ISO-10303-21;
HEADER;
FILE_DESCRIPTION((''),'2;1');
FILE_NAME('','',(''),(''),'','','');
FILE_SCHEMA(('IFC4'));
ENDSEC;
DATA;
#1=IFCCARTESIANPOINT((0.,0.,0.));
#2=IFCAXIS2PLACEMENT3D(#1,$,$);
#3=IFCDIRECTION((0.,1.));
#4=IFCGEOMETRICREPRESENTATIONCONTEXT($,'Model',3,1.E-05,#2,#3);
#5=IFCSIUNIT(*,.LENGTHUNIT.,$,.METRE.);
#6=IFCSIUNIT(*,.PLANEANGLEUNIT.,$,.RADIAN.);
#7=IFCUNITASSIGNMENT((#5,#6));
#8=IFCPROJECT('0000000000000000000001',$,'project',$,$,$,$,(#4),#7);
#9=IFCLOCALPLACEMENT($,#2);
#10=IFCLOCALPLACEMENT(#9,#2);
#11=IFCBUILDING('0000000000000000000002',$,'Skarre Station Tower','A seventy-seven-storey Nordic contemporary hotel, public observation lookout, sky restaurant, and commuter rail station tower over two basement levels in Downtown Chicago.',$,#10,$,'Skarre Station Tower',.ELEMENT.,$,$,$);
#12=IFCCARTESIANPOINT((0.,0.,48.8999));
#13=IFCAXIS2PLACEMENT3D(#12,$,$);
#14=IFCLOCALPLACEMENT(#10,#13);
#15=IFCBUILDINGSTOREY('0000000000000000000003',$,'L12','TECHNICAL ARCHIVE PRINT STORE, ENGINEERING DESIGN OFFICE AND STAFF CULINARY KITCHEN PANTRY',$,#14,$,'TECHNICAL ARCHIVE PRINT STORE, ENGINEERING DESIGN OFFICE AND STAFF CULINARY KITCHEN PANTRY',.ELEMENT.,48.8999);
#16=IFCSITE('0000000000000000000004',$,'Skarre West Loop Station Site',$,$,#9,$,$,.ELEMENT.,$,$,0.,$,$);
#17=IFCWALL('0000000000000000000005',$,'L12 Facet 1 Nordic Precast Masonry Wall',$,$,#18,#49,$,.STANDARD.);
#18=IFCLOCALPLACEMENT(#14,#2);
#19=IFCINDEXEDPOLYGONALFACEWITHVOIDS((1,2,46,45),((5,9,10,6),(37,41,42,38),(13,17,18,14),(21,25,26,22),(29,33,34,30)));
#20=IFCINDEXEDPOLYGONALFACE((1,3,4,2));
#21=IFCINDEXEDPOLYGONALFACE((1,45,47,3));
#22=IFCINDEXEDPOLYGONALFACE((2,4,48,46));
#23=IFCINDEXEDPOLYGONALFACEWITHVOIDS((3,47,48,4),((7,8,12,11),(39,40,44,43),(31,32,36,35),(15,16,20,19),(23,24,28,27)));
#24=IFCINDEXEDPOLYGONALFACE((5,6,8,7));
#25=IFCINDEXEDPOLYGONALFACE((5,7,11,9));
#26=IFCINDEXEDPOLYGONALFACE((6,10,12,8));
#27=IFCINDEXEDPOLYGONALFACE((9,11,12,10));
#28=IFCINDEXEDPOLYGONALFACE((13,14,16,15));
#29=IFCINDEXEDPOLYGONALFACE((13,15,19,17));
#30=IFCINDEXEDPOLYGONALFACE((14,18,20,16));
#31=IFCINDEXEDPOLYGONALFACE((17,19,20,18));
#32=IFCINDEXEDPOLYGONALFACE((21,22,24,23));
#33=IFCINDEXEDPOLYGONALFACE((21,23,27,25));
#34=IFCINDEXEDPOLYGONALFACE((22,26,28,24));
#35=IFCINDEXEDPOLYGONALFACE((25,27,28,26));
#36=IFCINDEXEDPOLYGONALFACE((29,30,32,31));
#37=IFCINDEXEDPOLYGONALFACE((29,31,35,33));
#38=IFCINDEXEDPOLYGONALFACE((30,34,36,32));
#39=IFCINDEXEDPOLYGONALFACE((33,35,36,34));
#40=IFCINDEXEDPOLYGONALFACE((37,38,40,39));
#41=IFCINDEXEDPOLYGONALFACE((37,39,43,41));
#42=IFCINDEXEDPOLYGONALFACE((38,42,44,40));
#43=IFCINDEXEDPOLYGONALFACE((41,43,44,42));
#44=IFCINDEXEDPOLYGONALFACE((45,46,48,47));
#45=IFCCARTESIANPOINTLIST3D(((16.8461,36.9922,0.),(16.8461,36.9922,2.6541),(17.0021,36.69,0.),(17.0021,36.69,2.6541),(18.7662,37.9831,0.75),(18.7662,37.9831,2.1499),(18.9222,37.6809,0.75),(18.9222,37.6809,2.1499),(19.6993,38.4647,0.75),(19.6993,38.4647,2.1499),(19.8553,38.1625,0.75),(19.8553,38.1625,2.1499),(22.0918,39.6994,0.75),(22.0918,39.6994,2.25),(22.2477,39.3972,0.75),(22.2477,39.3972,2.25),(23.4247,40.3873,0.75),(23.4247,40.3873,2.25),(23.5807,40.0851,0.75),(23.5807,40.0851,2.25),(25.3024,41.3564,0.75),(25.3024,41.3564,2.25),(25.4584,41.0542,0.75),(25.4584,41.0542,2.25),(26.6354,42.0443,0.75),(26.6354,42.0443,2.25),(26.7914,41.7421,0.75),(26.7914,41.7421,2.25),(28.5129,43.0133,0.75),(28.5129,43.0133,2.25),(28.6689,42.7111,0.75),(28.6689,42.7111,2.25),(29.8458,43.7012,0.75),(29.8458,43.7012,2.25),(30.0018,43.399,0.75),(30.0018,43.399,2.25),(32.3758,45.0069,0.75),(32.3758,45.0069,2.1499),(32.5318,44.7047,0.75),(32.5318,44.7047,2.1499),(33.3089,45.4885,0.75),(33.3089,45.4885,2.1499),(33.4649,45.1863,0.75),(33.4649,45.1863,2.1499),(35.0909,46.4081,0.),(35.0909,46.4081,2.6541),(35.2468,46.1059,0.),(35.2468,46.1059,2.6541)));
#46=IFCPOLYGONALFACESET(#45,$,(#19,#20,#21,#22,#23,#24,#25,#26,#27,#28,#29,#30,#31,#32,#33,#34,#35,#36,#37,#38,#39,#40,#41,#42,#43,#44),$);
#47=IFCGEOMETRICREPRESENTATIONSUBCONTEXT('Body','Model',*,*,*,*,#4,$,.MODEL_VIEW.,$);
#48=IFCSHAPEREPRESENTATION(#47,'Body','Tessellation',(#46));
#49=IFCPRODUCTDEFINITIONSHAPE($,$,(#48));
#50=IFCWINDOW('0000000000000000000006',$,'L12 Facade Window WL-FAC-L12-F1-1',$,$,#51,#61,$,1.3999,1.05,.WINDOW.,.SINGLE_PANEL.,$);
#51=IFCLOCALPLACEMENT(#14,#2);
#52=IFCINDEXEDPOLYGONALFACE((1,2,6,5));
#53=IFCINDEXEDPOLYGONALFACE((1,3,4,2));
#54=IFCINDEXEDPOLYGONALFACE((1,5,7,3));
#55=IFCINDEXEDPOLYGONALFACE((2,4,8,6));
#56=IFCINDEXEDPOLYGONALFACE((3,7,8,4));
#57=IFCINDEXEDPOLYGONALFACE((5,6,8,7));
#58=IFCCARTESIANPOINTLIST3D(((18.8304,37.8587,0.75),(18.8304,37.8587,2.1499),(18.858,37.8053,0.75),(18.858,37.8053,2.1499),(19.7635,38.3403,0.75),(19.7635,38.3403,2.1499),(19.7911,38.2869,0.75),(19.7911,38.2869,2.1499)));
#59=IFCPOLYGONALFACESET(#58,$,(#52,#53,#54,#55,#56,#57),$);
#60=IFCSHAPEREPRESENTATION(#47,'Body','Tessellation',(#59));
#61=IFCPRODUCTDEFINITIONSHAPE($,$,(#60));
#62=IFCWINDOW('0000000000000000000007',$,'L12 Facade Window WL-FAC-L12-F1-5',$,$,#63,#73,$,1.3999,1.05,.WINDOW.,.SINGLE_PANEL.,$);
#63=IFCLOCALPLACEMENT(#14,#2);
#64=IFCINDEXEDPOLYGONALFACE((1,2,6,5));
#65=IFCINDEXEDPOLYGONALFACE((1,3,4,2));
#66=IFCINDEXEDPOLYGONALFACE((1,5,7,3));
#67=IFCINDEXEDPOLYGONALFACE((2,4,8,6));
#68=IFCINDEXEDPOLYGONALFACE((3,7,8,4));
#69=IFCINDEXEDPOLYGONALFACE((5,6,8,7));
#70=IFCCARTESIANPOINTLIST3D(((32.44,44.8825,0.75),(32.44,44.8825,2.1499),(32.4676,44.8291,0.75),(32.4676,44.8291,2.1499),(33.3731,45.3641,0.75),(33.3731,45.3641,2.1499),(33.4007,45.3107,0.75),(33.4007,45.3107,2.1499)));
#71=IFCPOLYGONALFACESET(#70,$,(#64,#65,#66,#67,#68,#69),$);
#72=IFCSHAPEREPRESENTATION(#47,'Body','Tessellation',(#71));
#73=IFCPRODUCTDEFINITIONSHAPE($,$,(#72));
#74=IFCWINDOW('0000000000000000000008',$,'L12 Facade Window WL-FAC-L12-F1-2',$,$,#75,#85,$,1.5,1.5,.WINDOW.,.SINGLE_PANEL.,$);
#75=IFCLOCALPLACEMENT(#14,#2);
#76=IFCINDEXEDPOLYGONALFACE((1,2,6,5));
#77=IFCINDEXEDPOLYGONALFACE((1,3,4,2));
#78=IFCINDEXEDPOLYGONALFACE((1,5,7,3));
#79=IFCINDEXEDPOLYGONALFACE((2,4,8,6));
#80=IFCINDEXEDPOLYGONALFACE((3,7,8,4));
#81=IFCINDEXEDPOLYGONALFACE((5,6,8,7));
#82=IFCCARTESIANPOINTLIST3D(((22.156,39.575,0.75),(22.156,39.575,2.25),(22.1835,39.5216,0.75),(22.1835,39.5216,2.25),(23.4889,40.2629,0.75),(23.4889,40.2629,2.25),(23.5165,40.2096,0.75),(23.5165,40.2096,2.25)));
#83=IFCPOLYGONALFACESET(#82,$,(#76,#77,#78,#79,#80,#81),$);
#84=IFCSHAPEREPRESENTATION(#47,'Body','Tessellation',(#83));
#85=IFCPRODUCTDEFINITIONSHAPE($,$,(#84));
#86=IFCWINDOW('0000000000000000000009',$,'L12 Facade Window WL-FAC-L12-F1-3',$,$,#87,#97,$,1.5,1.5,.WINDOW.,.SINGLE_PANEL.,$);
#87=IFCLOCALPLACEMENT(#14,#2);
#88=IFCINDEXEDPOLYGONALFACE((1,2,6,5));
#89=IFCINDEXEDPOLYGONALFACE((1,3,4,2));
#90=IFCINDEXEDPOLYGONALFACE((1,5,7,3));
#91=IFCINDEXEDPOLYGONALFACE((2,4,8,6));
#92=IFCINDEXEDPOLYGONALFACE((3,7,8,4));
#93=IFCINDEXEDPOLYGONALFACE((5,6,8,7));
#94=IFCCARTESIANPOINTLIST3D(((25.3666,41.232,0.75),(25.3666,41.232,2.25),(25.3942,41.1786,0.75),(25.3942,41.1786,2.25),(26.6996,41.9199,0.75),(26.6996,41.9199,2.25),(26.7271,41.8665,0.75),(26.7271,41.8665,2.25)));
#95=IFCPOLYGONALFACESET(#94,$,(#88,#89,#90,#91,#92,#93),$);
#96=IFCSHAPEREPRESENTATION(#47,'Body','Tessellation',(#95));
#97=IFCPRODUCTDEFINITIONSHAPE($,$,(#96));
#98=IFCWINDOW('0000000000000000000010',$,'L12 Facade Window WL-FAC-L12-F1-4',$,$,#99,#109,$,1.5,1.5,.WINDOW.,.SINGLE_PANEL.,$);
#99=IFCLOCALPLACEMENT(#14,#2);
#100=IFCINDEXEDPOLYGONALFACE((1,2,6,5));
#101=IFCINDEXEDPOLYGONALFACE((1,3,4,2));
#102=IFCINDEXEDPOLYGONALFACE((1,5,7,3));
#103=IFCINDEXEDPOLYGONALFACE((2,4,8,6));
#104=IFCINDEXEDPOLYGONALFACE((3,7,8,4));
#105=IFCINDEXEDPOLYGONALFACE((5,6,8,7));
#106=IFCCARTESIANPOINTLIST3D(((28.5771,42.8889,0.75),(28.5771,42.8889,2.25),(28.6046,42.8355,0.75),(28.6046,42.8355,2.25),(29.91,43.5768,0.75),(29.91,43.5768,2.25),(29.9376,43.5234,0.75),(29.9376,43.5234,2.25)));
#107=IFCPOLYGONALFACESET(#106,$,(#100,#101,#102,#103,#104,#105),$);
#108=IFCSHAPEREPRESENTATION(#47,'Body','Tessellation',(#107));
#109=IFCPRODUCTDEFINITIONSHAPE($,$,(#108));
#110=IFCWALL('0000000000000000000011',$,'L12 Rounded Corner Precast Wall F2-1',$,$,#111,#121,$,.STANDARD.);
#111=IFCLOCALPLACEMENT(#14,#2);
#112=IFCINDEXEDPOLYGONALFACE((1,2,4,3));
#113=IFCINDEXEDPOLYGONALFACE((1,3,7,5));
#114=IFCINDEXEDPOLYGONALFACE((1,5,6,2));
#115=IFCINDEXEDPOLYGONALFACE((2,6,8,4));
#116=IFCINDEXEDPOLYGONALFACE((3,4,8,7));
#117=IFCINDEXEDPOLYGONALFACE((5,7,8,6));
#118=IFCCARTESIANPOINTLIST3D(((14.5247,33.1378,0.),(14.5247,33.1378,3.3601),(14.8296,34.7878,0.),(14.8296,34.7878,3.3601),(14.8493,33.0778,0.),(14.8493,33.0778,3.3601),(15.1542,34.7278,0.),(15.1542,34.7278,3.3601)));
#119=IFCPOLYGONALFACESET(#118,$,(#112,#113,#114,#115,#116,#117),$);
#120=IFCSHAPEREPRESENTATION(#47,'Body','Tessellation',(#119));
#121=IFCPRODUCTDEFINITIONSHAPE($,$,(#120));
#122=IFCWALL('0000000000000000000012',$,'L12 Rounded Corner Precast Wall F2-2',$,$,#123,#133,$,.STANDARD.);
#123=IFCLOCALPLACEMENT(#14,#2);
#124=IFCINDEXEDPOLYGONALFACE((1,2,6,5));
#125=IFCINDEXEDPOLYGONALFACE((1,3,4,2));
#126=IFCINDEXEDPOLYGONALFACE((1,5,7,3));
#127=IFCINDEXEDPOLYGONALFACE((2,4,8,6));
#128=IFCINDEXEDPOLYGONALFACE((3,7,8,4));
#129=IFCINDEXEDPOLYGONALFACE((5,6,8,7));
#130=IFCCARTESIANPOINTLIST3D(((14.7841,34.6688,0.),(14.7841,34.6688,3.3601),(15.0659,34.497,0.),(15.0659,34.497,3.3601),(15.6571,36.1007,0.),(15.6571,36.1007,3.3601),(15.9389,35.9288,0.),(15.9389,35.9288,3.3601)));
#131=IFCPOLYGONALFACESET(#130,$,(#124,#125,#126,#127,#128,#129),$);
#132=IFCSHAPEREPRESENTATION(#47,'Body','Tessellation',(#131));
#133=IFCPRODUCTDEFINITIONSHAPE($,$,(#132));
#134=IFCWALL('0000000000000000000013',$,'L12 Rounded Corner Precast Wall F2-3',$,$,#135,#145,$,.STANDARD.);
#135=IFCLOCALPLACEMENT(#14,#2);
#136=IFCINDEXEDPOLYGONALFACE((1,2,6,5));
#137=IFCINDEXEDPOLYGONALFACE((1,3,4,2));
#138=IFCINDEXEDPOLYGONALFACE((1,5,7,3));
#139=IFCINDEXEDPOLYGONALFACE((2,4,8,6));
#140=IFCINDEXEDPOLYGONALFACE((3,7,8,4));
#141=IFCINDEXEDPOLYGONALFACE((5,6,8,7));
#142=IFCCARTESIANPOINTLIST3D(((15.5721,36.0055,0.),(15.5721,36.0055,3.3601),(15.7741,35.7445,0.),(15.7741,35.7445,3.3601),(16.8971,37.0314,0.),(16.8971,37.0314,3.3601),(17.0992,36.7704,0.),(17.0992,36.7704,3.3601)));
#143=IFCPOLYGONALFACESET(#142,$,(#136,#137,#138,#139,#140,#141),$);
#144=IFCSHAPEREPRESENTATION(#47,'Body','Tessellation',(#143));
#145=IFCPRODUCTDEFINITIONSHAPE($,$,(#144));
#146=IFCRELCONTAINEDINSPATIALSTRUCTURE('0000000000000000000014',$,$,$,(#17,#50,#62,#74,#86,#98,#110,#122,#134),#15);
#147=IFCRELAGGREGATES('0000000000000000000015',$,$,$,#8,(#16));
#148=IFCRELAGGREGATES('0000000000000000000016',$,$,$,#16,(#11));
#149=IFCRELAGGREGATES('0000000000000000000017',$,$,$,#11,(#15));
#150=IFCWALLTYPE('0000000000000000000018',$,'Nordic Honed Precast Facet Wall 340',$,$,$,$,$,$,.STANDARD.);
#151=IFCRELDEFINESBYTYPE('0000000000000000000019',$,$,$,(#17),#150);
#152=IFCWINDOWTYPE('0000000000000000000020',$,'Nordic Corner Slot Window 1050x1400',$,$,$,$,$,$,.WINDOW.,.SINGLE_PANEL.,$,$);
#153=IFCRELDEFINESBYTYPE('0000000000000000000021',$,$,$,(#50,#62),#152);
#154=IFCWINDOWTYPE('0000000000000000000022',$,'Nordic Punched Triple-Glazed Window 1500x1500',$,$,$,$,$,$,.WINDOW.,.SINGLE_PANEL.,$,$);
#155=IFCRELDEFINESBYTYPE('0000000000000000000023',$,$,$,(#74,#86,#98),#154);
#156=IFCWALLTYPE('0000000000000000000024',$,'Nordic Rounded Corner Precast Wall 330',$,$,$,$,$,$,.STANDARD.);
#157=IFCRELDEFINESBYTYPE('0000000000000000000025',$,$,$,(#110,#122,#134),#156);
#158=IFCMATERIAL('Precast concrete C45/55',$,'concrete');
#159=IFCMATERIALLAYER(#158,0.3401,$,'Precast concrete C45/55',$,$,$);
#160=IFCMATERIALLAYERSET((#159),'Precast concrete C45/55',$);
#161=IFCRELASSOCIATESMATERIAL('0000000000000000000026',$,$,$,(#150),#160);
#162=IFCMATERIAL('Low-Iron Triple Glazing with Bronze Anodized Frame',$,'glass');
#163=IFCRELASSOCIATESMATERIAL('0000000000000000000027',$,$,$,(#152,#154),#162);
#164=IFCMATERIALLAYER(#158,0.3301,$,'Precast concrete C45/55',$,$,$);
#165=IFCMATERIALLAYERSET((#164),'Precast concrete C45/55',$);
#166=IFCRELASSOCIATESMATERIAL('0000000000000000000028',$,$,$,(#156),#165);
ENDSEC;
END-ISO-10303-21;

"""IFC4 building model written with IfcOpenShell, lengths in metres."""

from ifc_helpers import new_model, si_unit, direction, frame, frame_2d, origin, place, context, subcontext, project, spatial, rectangle, extrude, material, layer, layer_set, type_object, element, fill, save


model = new_model("IFC4")

# Units and contexts
model_context = context("Model", 3, precision=1e-05, world=origin(), true_north=direction((0.0, 1.0)))
body_context = subcontext(model_context, "Body", "Model", "MODEL_VIEW")
ifc_project = project(units=[si_unit("LENGTHUNIT", "METRE"), si_unit("PLANEANGLEUNIT", "RADIAN")], contexts=[model_context])

# Site, building, storey
site_placement = place(None, origin())
site = spatial("IfcSite", under=ifc_project, at=site_placement, Name="Skarre West Loop Station Site", CompositionType="ELEMENT", RefElevation=0.0)
building_placement = place(site_placement, origin())
building = spatial("IfcBuilding", under=site, at=building_placement, Name="Skarre Station Tower", Description="A seventy-seven-storey Nordic contemporary hotel, public observation lookout, sky restaurant, and commuter rail station tower over two basement levels in Downtown Chicago.", LongName="Skarre Station Tower", CompositionType="ELEMENT")
storey_placement = place(building_placement, frame((0.0, 0.0, 48.8999)))
storey = spatial("IfcBuildingStorey", under=building, at=storey_placement, Name="L12", Description="TECHNICAL ARCHIVE PRINT STORE, ENGINEERING DESIGN OFFICE AND STAFF CULINARY KITCHEN PANTRY", LongName="TECHNICAL ARCHIVE PRINT STORE, ENGINEERING DESIGN OFFICE AND STAFF CULINARY KITCHEN PANTRY", CompositionType="ELEMENT", Elevation=48.8999)

# Wall, openings, windows
ifc_material_1 = material(Name="Precast concrete C45/55", Category="concrete")
ifc_layer_1 = layer(ifc_material_1, 0.3401, Name="Precast concrete C45/55")
ifc_layer_set_1 = layer_set([ifc_layer_1], Name="Precast concrete C45/55")
wall_type_1 = type_object("IfcWallType", Name="Nordic Honed Precast Facet Wall 340", PredefinedType="STANDARD", material=ifc_layer_set_1)
wall_1_placement = place(storey_placement, frame((16.9241, 36.8411, 0.0), z_axis=(0.0, 0.0, 1.0), x_axis=(0.888634, 0.458616, 0.0)))
wall_1 = element("IfcWall", 1, at=wall_1_placement, inside=storey, type_object=wall_type_1, Name="L12 Facet 1 Nordic Precast Masonry Wall", PredefinedType="STANDARD", context=body_context, shape_type="SweptSolid", body=[
    extrude(rectangle(XDim=20.5312, YDim=0.3401, at=frame_2d((10.2656, 0.0))), origin(), (0.0, 0.0, 1.0), 2.6541),
])
opening_1_placement = place(wall_1_placement, frame((2.1609, 0.0, 0.75)))
opening_1 = element("IfcOpeningElement", 2, at=opening_1_placement, cuts=wall_1, PredefinedType="OPENING", context=body_context, shape_type="SweptSolid", body=[
    extrude(rectangle(XDim=1.05, YDim=1.3999, at=frame_2d((0.5249, 0.7))), frame((0.0, 0.1799, 0.0), z_axis=(0.0, -1.0, 0.0), x_axis=(1.0, 0.0, 0.0)), (0.0, 0.0, 1.0), 0.3601),
])
opening_2_placement = place(wall_1_placement, frame((5.9031, 0.0, 0.75)))
opening_2 = element("IfcOpeningElement", 3, at=opening_2_placement, cuts=wall_1, PredefinedType="OPENING", context=body_context, shape_type="SweptSolid", body=[
    extrude(rectangle(XDim=1.5, YDim=1.5, at=frame_2d((0.75, 0.75))), frame((0.0, 0.1799, 0.0), z_axis=(0.0, -1.0, 0.0), x_axis=(1.0, 0.0, 0.0)), (0.0, 0.0, 1.0), 0.3601),
])
opening_3_placement = place(wall_1_placement, frame((9.5161, 0.0, 0.75)))
opening_3 = element("IfcOpeningElement", 4, at=opening_3_placement, cuts=wall_1, PredefinedType="OPENING", context=body_context, shape_type="SweptSolid", body=[
    extrude(rectangle(XDim=1.5, YDim=1.5, at=frame_2d((0.75, 0.75))), frame((0.0, 0.1799, 0.0), z_axis=(0.0, -1.0, 0.0), x_axis=(1.0, 0.0, 0.0)), (0.0, 0.0, 1.0), 0.3601),
])
opening_4_placement = place(wall_1_placement, frame((13.1289, 0.0, 0.75)))
opening_4 = element("IfcOpeningElement", 5, at=opening_4_placement, cuts=wall_1, PredefinedType="OPENING", context=body_context, shape_type="SweptSolid", body=[
    extrude(rectangle(XDim=1.5, YDim=1.5, at=frame_2d((0.75, 0.75))), frame((0.0, 0.1799, 0.0), z_axis=(0.0, -1.0, 0.0), x_axis=(1.0, 0.0, 0.0)), (0.0, 0.0, 1.0), 0.3601),
])
opening_5_placement = place(wall_1_placement, frame((17.4761, 0.0, 0.75)))
opening_5 = element("IfcOpeningElement", 6, at=opening_5_placement, cuts=wall_1, PredefinedType="OPENING", context=body_context, shape_type="SweptSolid", body=[
    extrude(rectangle(XDim=1.05, YDim=1.3999, at=frame_2d((0.5249, 0.7))), frame((0.0, 0.1799, 0.0), z_axis=(0.0, -1.0, 0.0), x_axis=(1.0, 0.0, 0.0)), (0.0, 0.0, 1.0), 0.3601),
])
ifc_material_2 = material(Name="Low-Iron Triple Glazing with Bronze Anodized Frame", Category="glass")
window_type_1 = type_object("IfcWindowType", Name="Nordic Corner Slot Window 1050x1400", PartitioningType="SINGLE_PANEL", PredefinedType="WINDOW", material=ifc_material_2)
window_1_placement = place(opening_1_placement, origin())
window_1 = element("IfcWindow", 7, at=window_1_placement, inside=storey, type_object=window_type_1, Name="L12 Facade Window WL-FAC-L12-F1-1", OverallHeight=1.3999, OverallWidth=1.05, PartitioningType="SINGLE_PANEL", PredefinedType="WINDOW", context=body_context, shape_type="SweptSolid", body=[
    extrude(rectangle(XDim=1.05, YDim=1.3999, at=frame_2d((0.5249, 0.7))), frame((0.0, 0.03, 0.0), z_axis=(0.0, -1.0, 0.0), x_axis=(1.0, 0.0, 0.0)), (0.0, 0.0, 1.0), 0.0601),
])
fill(opening_1, window_1)
window_2_placement = place(opening_5_placement, origin())
window_2 = element("IfcWindow", 8, at=window_2_placement, inside=storey, type_object=window_type_1, Name="L12 Facade Window WL-FAC-L12-F1-5", OverallHeight=1.3999, OverallWidth=1.05, PartitioningType="SINGLE_PANEL", PredefinedType="WINDOW", context=body_context, shape_type="SweptSolid", body=[
    extrude(rectangle(XDim=1.05, YDim=1.3999, at=frame_2d((0.5249, 0.7))), frame((0.0, 0.03, 0.0), z_axis=(0.0, -1.0, 0.0), x_axis=(1.0, 0.0, 0.0)), (0.0, 0.0, 1.0), 0.0601),
])
fill(opening_5, window_2)
window_type_2 = type_object("IfcWindowType", Name="Nordic Punched Triple-Glazed Window 1500x1500", PartitioningType="SINGLE_PANEL", PredefinedType="WINDOW", material=ifc_material_2)
window_3_placement = place(opening_2_placement, origin())
window_3 = element("IfcWindow", 9, at=window_3_placement, inside=storey, type_object=window_type_2, Name="L12 Facade Window WL-FAC-L12-F1-2", OverallHeight=1.5, OverallWidth=1.5, PartitioningType="SINGLE_PANEL", PredefinedType="WINDOW", context=body_context, shape_type="SweptSolid", body=[
    extrude(rectangle(XDim=1.5, YDim=1.5, at=frame_2d((0.75, 0.75))), frame((0.0, 0.03, 0.0), z_axis=(0.0, -1.0, 0.0), x_axis=(1.0, 0.0, 0.0)), (0.0, 0.0, 1.0), 0.0601),
])
fill(opening_2, window_3)
window_4_placement = place(opening_3_placement, origin())
window_4 = element("IfcWindow", 10, at=window_4_placement, inside=storey, type_object=window_type_2, Name="L12 Facade Window WL-FAC-L12-F1-3", OverallHeight=1.5, OverallWidth=1.5, PartitioningType="SINGLE_PANEL", PredefinedType="WINDOW", context=body_context, shape_type="SweptSolid", body=[
    extrude(rectangle(XDim=1.5, YDim=1.5, at=frame_2d((0.75, 0.75))), frame((0.0, 0.03, 0.0), z_axis=(0.0, -1.0, 0.0), x_axis=(1.0, 0.0, 0.0)), (0.0, 0.0, 1.0), 0.0601),
])
fill(opening_3, window_4)
window_5_placement = place(opening_4_placement, origin())
window_5 = element("IfcWindow", 11, at=window_5_placement, inside=storey, type_object=window_type_2, Name="L12 Facade Window WL-FAC-L12-F1-4", OverallHeight=1.5, OverallWidth=1.5, PartitioningType="SINGLE_PANEL", PredefinedType="WINDOW", context=body_context, shape_type="SweptSolid", body=[
    extrude(rectangle(XDim=1.5, YDim=1.5, at=frame_2d((0.75, 0.75))), frame((0.0, 0.03, 0.0), z_axis=(0.0, -1.0, 0.0), x_axis=(1.0, 0.0, 0.0)), (0.0, 0.0, 1.0), 0.0601),
])
fill(opening_4, window_5)

# Walls
ifc_layer_2 = layer(ifc_material_1, 0.3301, Name="Precast concrete C45/55")
ifc_layer_set_2 = layer_set([ifc_layer_2], Name="Precast concrete C45/55")
wall_type_2 = type_object("IfcWallType", Name="Nordic Rounded Corner Precast Wall 330", PredefinedType="STANDARD", material=ifc_layer_set_2)
wall_2_placement = place(storey_placement, frame((14.687, 33.1079, 0.0), z_axis=(0.0, 0.0, 1.0), x_axis=(0.181714, 0.983351, 0.0)))
element("IfcWall", 12, at=wall_2_placement, inside=storey, type_object=wall_type_2, Name="L12 Rounded Corner Precast Wall F2-1", PredefinedType="STANDARD", context=body_context, shape_type="SweptSolid", body=[
    extrude(rectangle(XDim=1.678, YDim=0.3301, at=frame_2d((0.8389, 0.0))), origin(), (0.0, 0.0, 1.0), 3.3601),
])
wall_3_placement = place(storey_placement, frame((14.925, 34.583, 0.0), z_axis=(0.0, 0.0, 1.0), x_axis=(0.520584, 0.85381, 0.0)))
element("IfcWall", 13, at=wall_3_placement, inside=storey, type_object=wall_type_2, Name="L12 Rounded Corner Precast Wall F2-2", PredefinedType="STANDARD", context=body_context, shape_type="SweptSolid", body=[
    extrude(rectangle(XDim=1.677, YDim=0.3301, at=frame_2d((0.8384, 0.0))), origin(), (0.0, 0.0, 1.0), 3.3601),
])
wall_4_placement = place(storey_placement, frame((15.6731, 35.875, 0.0), z_axis=(0.0, 0.0, 1.0), x_axis=(0.790692, 0.612214, 0.0)))
element("IfcWall", 14, at=wall_4_placement, inside=storey, type_object=wall_type_2, Name="L12 Rounded Corner Precast Wall F2-3", PredefinedType="STANDARD", context=body_context, shape_type="SweptSolid", body=[
    extrude(rectangle(XDim=1.6758, YDim=0.3301, at=frame_2d((0.8379, 0.0))), origin(), (0.0, 0.0, 1.0), 3.3601),
])

save(model, "model.ifc")
